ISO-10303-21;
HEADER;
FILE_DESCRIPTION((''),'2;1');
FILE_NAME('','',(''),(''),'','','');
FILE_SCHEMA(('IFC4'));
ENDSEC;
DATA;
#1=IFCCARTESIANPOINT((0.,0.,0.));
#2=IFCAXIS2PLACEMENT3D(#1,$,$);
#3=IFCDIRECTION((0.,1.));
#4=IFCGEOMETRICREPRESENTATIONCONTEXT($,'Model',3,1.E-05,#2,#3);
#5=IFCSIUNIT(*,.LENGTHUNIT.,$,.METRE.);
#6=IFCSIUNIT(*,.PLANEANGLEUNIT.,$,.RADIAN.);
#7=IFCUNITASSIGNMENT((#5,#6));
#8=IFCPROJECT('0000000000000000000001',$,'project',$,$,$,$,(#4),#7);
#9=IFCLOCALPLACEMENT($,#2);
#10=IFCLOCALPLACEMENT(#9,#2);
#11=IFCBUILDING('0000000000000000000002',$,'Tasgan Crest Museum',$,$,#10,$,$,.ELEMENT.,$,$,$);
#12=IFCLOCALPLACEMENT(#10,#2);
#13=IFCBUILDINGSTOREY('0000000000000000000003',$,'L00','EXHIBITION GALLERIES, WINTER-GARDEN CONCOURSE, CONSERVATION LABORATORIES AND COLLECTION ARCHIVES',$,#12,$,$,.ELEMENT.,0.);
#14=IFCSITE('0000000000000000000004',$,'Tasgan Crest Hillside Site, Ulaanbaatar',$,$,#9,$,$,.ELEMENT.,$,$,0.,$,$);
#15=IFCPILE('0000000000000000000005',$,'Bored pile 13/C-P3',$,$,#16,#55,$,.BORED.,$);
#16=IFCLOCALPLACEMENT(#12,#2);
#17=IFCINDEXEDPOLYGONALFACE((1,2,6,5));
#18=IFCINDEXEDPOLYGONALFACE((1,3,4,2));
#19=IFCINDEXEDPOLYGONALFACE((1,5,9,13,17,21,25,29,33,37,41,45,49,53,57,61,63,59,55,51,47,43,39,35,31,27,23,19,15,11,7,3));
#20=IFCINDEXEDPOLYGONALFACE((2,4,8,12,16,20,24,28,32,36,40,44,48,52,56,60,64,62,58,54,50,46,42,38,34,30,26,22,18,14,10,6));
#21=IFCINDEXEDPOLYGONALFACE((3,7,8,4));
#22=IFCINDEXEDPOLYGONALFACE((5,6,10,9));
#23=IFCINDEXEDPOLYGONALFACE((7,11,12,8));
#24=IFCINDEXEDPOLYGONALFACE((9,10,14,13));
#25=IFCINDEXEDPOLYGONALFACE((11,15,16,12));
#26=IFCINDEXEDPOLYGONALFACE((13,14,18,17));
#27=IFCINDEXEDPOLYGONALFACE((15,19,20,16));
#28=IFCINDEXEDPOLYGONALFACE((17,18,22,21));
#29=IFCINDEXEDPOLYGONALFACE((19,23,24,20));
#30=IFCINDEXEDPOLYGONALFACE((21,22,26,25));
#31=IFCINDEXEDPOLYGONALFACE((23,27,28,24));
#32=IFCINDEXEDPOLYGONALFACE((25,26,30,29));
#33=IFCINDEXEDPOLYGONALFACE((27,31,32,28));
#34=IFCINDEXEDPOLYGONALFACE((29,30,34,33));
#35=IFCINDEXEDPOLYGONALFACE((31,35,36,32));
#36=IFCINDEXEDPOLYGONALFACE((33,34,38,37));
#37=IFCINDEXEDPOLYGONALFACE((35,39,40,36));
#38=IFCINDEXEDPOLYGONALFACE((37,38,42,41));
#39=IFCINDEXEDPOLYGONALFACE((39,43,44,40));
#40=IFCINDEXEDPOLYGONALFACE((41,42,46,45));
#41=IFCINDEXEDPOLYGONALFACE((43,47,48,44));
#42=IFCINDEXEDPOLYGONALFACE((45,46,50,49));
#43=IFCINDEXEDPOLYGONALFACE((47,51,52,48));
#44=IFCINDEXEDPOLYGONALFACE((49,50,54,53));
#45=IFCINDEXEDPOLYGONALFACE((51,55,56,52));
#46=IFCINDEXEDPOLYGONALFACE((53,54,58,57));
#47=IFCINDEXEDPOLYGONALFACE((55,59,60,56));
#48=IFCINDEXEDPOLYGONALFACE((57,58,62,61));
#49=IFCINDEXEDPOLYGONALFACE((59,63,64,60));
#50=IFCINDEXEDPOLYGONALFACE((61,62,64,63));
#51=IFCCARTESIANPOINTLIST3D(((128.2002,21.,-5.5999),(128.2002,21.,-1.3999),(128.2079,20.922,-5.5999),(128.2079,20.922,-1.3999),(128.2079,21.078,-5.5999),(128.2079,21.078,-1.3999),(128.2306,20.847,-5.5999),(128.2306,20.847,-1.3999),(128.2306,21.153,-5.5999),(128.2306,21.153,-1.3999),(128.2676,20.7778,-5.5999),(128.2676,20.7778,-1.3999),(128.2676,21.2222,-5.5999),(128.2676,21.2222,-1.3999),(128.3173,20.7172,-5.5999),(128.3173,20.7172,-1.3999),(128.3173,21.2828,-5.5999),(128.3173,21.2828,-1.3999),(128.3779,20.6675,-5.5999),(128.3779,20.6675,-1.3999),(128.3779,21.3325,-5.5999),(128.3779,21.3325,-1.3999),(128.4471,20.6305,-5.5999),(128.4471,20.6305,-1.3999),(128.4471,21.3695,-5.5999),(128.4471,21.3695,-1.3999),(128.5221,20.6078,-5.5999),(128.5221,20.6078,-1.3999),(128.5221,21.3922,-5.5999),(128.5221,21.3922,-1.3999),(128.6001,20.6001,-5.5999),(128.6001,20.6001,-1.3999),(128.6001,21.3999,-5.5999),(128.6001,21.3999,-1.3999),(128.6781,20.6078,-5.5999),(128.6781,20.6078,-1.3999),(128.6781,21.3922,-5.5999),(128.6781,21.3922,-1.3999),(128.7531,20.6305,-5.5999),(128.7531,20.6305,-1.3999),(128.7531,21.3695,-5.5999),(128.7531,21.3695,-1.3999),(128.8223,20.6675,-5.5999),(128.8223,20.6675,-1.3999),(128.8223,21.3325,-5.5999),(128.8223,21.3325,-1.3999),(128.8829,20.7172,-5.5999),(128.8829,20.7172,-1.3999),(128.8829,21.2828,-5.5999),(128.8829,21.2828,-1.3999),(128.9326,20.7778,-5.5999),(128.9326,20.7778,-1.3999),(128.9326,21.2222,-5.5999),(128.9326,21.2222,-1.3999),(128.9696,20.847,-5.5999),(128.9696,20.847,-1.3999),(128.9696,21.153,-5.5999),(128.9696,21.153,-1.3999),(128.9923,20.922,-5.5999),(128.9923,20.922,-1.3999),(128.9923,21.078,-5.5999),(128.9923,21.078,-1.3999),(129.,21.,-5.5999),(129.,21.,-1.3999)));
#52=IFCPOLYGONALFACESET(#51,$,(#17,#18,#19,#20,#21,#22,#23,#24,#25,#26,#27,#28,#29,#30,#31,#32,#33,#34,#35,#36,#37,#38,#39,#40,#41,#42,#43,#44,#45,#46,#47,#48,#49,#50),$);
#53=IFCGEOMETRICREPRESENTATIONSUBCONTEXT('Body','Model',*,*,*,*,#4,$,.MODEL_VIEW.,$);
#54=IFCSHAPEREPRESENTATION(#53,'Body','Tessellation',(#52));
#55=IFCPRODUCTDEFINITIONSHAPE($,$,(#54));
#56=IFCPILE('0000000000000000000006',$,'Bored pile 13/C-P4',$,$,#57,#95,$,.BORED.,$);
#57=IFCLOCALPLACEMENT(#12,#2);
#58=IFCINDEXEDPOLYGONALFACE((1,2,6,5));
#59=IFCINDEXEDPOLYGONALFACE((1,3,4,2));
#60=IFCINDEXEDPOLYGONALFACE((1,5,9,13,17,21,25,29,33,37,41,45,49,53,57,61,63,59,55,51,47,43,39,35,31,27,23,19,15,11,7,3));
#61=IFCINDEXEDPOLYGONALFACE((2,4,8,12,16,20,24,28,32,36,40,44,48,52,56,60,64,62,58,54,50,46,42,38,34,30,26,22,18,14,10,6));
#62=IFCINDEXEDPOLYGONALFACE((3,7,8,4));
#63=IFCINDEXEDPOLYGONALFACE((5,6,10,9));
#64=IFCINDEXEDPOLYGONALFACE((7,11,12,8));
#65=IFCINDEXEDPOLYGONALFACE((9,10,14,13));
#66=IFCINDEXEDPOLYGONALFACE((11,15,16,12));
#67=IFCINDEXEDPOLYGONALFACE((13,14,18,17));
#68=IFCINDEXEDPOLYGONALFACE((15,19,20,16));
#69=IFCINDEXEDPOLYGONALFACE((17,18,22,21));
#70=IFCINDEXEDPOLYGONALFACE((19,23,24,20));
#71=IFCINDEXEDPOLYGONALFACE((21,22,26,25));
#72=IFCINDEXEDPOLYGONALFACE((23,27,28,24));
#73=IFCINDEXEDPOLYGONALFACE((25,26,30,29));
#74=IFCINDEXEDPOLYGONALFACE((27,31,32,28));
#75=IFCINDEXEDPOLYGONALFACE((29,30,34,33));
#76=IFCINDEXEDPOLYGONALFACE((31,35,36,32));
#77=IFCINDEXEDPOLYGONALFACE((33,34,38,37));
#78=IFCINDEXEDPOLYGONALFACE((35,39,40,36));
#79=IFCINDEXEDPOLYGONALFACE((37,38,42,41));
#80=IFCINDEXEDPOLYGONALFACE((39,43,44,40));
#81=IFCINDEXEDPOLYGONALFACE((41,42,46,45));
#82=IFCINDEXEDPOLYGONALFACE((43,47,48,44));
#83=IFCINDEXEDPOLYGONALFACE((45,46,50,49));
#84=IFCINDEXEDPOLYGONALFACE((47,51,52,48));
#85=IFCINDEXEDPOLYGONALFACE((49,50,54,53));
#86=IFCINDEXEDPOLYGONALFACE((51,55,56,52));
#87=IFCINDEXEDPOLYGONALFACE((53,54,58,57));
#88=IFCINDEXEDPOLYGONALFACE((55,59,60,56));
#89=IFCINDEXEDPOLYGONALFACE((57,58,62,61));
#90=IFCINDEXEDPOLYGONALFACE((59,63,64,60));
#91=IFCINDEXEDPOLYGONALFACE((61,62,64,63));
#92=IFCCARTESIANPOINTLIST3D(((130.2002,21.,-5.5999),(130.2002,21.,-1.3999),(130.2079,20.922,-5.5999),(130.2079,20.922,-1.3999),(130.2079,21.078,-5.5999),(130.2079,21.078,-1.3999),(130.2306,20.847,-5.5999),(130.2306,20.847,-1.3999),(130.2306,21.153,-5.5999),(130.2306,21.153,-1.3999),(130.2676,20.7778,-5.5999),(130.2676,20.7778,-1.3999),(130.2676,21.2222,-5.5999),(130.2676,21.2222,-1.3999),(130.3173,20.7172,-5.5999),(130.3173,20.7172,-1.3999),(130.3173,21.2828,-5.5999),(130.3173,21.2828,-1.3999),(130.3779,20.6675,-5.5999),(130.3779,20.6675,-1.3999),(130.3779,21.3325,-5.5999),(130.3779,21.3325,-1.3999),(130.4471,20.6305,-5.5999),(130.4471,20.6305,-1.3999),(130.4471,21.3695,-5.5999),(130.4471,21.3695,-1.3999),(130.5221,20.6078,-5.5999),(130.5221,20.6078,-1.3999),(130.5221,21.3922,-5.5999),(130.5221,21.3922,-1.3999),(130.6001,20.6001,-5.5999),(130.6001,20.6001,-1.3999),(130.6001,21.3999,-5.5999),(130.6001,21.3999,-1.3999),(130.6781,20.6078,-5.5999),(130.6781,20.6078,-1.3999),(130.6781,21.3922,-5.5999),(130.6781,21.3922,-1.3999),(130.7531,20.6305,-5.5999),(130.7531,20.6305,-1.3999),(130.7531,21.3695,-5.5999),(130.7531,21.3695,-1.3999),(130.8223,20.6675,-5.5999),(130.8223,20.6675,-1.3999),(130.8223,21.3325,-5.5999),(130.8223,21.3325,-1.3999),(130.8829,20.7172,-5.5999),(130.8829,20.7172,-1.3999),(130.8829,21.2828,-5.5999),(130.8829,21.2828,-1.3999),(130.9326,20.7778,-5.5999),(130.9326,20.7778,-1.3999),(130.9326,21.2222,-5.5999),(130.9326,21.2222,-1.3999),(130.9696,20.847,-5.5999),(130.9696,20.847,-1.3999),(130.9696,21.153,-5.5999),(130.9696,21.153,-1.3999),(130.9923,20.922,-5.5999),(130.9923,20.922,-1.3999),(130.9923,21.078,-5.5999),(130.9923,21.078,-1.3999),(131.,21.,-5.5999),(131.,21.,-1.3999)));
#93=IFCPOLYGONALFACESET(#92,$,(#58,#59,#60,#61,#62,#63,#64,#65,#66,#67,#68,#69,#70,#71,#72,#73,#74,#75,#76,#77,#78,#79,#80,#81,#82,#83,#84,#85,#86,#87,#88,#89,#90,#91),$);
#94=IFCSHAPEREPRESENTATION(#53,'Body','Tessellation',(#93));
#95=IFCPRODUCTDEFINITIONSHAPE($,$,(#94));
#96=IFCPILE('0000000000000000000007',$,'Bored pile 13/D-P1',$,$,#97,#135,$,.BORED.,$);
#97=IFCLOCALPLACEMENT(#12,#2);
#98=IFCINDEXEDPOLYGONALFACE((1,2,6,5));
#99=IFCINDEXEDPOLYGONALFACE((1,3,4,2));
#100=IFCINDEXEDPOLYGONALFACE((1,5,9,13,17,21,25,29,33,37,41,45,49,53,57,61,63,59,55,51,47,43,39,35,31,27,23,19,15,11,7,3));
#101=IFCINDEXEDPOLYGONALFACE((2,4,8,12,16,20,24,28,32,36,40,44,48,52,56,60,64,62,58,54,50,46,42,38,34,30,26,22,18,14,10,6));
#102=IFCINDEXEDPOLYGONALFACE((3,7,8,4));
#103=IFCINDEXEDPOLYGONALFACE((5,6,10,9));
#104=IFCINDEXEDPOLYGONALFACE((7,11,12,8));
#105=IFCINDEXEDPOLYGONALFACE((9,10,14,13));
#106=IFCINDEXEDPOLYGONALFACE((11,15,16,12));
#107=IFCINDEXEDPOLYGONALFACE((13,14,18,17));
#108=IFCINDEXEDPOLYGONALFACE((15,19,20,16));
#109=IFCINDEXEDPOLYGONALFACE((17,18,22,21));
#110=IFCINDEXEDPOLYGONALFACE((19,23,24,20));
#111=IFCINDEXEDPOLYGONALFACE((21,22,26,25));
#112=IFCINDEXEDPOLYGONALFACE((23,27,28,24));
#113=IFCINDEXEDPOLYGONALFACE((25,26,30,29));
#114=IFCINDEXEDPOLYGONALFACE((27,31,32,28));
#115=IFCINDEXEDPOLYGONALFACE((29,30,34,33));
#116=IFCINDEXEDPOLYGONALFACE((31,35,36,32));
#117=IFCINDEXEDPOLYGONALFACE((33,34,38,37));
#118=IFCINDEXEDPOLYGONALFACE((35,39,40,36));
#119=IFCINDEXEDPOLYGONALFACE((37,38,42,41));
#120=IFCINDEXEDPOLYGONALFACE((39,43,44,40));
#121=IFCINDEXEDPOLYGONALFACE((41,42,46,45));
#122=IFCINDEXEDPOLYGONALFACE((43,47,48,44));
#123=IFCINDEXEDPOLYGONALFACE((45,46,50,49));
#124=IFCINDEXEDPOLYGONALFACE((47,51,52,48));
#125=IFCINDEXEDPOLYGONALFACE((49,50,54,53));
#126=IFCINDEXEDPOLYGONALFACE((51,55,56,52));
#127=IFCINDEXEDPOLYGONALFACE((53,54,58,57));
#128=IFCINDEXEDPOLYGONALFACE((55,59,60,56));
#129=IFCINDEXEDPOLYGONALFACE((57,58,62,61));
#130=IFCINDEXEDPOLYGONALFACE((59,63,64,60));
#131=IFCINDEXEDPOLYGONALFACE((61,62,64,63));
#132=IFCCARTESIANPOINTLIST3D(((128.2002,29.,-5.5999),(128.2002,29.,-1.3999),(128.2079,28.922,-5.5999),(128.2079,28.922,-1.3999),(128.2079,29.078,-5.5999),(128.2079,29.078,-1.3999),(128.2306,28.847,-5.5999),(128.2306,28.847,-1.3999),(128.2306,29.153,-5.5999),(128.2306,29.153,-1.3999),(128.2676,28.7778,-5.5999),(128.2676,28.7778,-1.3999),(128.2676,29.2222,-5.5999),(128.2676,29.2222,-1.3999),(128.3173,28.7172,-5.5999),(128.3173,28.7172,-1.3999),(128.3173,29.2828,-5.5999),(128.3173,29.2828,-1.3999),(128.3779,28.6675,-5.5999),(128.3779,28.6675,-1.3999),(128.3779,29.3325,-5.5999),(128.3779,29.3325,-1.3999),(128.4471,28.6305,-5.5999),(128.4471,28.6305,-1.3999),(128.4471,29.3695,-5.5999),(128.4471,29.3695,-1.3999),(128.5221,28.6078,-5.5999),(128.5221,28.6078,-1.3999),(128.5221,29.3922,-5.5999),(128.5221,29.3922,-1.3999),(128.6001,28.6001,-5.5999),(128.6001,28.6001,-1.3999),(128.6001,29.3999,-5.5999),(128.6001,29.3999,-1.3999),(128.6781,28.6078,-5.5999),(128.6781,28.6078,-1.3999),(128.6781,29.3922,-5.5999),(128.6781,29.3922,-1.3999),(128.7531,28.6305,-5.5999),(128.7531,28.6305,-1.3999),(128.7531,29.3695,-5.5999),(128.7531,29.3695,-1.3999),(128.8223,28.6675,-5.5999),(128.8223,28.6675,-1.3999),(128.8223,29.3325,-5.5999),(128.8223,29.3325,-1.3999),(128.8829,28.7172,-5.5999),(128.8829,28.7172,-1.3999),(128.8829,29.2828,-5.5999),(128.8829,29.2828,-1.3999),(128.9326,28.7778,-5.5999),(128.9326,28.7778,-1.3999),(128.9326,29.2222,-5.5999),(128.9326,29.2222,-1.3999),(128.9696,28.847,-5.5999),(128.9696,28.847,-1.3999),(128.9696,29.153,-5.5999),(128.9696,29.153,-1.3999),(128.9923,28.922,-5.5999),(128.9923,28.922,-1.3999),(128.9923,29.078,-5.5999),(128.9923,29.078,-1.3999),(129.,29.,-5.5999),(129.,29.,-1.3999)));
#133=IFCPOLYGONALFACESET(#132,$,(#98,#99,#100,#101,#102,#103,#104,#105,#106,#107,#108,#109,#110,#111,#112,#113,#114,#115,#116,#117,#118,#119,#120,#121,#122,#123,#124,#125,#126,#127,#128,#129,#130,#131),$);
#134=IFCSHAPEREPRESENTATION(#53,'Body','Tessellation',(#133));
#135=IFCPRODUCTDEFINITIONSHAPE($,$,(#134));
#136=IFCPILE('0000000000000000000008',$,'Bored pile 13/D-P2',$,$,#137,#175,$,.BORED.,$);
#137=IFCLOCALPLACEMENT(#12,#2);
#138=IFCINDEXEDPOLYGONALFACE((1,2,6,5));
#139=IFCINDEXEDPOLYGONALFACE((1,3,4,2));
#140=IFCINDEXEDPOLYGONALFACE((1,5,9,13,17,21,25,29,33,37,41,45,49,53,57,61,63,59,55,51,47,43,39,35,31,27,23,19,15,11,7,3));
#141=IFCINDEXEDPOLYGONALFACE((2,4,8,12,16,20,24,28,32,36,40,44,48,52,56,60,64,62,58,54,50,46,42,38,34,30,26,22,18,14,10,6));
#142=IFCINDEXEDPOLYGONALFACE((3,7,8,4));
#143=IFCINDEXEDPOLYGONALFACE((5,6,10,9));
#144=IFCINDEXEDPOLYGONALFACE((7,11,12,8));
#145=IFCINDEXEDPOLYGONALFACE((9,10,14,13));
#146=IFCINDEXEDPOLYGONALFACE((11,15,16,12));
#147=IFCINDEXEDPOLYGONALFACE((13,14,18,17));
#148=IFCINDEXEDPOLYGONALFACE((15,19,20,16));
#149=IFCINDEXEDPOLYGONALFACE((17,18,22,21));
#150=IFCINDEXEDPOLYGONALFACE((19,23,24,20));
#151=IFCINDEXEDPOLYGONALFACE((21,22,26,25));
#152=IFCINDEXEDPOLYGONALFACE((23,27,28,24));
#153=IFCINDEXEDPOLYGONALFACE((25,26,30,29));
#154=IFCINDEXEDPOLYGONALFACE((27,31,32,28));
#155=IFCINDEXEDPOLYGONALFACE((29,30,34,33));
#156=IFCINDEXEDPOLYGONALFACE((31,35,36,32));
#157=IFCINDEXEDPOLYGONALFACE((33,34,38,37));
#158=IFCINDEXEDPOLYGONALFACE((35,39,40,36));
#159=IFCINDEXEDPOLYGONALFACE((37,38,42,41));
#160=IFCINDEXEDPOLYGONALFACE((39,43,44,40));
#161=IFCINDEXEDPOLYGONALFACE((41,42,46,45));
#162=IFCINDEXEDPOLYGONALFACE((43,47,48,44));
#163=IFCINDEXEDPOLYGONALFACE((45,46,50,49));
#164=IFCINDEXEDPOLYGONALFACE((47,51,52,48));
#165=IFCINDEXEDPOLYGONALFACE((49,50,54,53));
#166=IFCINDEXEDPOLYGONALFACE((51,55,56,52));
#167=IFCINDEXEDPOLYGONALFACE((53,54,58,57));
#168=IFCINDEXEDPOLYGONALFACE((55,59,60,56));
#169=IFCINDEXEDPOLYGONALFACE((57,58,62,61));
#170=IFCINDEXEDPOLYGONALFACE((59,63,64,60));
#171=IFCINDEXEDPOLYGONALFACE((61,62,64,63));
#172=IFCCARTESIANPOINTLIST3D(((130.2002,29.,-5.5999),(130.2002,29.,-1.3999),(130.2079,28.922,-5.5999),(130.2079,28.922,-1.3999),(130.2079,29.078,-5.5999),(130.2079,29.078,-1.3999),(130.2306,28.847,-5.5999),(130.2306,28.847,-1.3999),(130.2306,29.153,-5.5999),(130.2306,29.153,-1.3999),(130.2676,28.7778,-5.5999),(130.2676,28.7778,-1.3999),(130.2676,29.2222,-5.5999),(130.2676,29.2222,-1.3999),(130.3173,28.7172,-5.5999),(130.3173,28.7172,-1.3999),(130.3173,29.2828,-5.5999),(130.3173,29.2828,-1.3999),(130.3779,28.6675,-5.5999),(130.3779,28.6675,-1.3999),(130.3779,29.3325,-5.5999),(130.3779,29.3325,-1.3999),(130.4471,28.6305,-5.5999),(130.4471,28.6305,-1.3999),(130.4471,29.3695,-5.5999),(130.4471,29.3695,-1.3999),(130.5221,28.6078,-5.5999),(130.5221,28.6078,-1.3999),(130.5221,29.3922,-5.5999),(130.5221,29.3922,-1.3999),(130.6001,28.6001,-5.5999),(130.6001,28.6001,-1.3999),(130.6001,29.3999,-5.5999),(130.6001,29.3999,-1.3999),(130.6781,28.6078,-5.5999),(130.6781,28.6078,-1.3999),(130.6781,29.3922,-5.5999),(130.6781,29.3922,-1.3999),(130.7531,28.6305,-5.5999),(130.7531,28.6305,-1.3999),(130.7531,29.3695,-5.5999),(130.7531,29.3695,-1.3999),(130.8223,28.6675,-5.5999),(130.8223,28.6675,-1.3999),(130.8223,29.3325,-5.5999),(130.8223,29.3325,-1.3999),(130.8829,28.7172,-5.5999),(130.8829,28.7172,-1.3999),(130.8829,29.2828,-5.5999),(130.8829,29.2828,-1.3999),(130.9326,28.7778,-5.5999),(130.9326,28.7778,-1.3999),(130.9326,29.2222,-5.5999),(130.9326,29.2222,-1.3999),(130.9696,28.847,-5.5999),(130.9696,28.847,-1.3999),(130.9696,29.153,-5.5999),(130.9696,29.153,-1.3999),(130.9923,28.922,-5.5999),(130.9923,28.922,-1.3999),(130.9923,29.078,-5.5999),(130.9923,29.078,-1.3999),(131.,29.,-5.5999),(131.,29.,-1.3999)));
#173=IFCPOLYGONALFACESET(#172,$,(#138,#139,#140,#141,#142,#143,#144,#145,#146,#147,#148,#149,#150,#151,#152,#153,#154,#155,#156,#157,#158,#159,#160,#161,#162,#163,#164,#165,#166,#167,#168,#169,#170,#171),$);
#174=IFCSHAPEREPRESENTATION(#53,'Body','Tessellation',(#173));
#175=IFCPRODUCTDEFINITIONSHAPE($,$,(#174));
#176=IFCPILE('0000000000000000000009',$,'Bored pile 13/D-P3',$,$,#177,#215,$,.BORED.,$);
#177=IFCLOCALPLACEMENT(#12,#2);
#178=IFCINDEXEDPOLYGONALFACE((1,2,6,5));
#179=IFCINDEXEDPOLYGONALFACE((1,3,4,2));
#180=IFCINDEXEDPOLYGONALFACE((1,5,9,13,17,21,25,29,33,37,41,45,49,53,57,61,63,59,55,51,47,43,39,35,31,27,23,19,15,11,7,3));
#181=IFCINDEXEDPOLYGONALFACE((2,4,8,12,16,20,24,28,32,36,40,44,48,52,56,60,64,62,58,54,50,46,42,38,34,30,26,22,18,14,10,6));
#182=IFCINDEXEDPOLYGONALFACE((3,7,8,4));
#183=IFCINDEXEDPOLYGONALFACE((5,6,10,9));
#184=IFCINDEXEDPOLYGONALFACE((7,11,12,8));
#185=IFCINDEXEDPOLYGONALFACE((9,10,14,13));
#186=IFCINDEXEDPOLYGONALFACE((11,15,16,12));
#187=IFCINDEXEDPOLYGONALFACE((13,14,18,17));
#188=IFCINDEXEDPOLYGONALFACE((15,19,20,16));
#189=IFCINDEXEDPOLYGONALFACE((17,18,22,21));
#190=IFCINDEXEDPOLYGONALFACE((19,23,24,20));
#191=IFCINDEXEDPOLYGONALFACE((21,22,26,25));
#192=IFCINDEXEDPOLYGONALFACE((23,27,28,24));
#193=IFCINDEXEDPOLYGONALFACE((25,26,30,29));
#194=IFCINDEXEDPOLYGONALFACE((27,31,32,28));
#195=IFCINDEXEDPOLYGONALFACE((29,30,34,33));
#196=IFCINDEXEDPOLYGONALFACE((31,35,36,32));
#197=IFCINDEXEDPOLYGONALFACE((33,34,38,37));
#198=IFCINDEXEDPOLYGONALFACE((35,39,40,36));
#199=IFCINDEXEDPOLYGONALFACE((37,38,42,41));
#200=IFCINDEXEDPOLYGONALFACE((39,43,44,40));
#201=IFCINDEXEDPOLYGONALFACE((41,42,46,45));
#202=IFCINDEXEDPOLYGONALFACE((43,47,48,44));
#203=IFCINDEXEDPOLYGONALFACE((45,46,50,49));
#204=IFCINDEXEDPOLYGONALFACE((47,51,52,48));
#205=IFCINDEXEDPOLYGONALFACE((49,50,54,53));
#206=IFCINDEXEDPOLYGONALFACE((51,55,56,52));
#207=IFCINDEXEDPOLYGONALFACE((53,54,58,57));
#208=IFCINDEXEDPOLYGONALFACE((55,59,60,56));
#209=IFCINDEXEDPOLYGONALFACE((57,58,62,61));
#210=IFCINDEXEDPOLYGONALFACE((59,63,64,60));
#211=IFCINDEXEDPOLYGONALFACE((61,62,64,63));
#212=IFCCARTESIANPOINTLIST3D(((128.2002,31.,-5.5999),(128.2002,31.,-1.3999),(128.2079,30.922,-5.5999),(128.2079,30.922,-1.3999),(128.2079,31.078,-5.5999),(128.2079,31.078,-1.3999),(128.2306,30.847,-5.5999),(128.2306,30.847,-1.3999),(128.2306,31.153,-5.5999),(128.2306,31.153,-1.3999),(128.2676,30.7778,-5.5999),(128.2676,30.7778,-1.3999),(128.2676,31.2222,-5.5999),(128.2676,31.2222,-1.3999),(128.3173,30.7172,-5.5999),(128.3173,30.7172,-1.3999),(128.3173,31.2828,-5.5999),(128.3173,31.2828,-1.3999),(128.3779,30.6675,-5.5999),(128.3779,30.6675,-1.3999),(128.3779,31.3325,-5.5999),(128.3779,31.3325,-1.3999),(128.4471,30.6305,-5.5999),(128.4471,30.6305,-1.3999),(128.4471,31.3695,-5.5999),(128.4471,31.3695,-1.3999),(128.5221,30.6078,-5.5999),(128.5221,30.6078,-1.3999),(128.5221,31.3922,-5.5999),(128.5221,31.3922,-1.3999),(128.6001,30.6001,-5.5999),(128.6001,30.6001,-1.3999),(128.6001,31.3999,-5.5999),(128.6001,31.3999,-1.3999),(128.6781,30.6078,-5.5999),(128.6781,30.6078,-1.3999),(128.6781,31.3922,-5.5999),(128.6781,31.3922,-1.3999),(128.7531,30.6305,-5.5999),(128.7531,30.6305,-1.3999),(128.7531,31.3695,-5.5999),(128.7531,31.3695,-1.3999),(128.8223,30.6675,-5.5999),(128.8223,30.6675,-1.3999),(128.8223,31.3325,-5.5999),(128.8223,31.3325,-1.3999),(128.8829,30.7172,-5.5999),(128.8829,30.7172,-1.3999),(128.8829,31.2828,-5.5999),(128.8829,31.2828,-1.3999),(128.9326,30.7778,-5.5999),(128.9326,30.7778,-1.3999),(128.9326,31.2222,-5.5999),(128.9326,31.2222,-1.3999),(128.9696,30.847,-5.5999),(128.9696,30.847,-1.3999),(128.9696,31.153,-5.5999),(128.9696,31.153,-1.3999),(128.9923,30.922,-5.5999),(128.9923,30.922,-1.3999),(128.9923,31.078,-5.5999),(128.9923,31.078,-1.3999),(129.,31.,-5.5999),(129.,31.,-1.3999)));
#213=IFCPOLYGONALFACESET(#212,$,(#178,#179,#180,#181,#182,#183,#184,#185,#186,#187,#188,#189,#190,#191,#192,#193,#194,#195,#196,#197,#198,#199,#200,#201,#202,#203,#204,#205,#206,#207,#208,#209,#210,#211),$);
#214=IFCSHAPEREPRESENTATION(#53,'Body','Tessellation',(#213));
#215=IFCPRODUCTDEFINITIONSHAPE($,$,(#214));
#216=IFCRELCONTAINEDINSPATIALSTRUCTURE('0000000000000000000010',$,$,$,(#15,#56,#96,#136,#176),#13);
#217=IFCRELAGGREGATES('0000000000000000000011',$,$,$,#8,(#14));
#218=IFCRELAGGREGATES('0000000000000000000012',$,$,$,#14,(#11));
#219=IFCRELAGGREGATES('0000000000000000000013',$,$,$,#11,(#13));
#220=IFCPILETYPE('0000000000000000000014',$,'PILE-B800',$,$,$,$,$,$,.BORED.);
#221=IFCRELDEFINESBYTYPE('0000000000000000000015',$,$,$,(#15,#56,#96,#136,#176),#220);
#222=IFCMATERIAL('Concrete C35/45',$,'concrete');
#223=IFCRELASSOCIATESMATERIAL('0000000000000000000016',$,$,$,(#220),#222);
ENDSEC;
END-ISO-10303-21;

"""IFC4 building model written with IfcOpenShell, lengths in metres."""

from ifc_helpers import new_model, si_unit, direction, frame, origin, origin_2d, place, context, subcontext, project, spatial, circle, extrude, material, material_profile, profile_set, type_object, element, save


model = new_model("IFC4")

# Units and contexts
model_context = context("Model", 3, precision=1e-05, world=origin(), true_north=direction((0.0, 1.0)))
body_context = subcontext(model_context, "Body", "Model", "MODEL_VIEW")
ifc_project = project(units=[si_unit("LENGTHUNIT", "METRE"), si_unit("PLANEANGLEUNIT", "RADIAN")], contexts=[model_context])

# Site, building, storey
site_placement = place(None, origin())
site = spatial("IfcSite", under=ifc_project, at=site_placement, Name="Tasgan Crest Hillside Site, Ulaanbaatar", CompositionType="ELEMENT", RefElevation=0.0)
building_placement = place(site_placement, origin())
building = spatial("IfcBuilding", under=site, at=building_placement, Name="Tasgan Crest Museum", CompositionType="ELEMENT")
storey_placement = place(building_placement, origin())
storey = spatial("IfcBuildingStorey", under=building, at=storey_placement, Name="L00", Description="EXHIBITION GALLERIES, WINTER-GARDEN CONCOURSE, CONSERVATION LABORATORIES AND COLLECTION ARCHIVES", CompositionType="ELEMENT", Elevation=0.0)

# Piles
ifc_material_1 = material(Name="Concrete C35/45", Category="concrete")
ifc_material_profile_1 = material_profile(ifc_material_1, circle(Radius=0.3999, at=origin_2d()), Name="PILE D800")
ifc_profile_set_1 = profile_set([ifc_material_profile_1], Name="Concrete C35/45")
pile_type = type_object("IfcPileType", Name="PILE-B800", PredefinedType="BORED", material=ifc_profile_set_1)
for number, where, z_axis, x_axis, name in (
    (1, (128.6001, 21.0, -1.3999), (0.0, 0.0, -1.0), (1.0, 0.0, 0.0), "Bored pile 13/C-P3"),
    (2, (130.6001, 21.0, -1.3999), (0.0, 0.0, -1.0), (1.0, 0.0, 0.0), "Bored pile 13/C-P4"),
    (3, (128.6001, 29.0, -1.3999), (0.0, 0.0, -1.0), (1.0, 0.0, 0.0), "Bored pile 13/D-P1"),
    (4, (130.6001, 29.0, -1.3999), (0.0, 0.0, -1.0), (1.0, 0.0, 0.0), "Bored pile 13/D-P2"),
    (5, (128.6001, 31.0, -1.3999), (0.0, 0.0, -1.0), (1.0, 0.0, 0.0), "Bored pile 13/D-P3"),
):
    element("IfcPile", number, at=place(storey_placement, frame(where, z_axis=z_axis, x_axis=x_axis)), inside=storey, type_object=pile_type, Name=name, PredefinedType="BORED", context=body_context, shape_type="SweptSolid", body=[
        extrude(circle(Radius=0.3999, at=origin_2d()), origin(), (0.0, 0.0, 1.0), 4.2),
    ])

save(model, "model.ifc")
